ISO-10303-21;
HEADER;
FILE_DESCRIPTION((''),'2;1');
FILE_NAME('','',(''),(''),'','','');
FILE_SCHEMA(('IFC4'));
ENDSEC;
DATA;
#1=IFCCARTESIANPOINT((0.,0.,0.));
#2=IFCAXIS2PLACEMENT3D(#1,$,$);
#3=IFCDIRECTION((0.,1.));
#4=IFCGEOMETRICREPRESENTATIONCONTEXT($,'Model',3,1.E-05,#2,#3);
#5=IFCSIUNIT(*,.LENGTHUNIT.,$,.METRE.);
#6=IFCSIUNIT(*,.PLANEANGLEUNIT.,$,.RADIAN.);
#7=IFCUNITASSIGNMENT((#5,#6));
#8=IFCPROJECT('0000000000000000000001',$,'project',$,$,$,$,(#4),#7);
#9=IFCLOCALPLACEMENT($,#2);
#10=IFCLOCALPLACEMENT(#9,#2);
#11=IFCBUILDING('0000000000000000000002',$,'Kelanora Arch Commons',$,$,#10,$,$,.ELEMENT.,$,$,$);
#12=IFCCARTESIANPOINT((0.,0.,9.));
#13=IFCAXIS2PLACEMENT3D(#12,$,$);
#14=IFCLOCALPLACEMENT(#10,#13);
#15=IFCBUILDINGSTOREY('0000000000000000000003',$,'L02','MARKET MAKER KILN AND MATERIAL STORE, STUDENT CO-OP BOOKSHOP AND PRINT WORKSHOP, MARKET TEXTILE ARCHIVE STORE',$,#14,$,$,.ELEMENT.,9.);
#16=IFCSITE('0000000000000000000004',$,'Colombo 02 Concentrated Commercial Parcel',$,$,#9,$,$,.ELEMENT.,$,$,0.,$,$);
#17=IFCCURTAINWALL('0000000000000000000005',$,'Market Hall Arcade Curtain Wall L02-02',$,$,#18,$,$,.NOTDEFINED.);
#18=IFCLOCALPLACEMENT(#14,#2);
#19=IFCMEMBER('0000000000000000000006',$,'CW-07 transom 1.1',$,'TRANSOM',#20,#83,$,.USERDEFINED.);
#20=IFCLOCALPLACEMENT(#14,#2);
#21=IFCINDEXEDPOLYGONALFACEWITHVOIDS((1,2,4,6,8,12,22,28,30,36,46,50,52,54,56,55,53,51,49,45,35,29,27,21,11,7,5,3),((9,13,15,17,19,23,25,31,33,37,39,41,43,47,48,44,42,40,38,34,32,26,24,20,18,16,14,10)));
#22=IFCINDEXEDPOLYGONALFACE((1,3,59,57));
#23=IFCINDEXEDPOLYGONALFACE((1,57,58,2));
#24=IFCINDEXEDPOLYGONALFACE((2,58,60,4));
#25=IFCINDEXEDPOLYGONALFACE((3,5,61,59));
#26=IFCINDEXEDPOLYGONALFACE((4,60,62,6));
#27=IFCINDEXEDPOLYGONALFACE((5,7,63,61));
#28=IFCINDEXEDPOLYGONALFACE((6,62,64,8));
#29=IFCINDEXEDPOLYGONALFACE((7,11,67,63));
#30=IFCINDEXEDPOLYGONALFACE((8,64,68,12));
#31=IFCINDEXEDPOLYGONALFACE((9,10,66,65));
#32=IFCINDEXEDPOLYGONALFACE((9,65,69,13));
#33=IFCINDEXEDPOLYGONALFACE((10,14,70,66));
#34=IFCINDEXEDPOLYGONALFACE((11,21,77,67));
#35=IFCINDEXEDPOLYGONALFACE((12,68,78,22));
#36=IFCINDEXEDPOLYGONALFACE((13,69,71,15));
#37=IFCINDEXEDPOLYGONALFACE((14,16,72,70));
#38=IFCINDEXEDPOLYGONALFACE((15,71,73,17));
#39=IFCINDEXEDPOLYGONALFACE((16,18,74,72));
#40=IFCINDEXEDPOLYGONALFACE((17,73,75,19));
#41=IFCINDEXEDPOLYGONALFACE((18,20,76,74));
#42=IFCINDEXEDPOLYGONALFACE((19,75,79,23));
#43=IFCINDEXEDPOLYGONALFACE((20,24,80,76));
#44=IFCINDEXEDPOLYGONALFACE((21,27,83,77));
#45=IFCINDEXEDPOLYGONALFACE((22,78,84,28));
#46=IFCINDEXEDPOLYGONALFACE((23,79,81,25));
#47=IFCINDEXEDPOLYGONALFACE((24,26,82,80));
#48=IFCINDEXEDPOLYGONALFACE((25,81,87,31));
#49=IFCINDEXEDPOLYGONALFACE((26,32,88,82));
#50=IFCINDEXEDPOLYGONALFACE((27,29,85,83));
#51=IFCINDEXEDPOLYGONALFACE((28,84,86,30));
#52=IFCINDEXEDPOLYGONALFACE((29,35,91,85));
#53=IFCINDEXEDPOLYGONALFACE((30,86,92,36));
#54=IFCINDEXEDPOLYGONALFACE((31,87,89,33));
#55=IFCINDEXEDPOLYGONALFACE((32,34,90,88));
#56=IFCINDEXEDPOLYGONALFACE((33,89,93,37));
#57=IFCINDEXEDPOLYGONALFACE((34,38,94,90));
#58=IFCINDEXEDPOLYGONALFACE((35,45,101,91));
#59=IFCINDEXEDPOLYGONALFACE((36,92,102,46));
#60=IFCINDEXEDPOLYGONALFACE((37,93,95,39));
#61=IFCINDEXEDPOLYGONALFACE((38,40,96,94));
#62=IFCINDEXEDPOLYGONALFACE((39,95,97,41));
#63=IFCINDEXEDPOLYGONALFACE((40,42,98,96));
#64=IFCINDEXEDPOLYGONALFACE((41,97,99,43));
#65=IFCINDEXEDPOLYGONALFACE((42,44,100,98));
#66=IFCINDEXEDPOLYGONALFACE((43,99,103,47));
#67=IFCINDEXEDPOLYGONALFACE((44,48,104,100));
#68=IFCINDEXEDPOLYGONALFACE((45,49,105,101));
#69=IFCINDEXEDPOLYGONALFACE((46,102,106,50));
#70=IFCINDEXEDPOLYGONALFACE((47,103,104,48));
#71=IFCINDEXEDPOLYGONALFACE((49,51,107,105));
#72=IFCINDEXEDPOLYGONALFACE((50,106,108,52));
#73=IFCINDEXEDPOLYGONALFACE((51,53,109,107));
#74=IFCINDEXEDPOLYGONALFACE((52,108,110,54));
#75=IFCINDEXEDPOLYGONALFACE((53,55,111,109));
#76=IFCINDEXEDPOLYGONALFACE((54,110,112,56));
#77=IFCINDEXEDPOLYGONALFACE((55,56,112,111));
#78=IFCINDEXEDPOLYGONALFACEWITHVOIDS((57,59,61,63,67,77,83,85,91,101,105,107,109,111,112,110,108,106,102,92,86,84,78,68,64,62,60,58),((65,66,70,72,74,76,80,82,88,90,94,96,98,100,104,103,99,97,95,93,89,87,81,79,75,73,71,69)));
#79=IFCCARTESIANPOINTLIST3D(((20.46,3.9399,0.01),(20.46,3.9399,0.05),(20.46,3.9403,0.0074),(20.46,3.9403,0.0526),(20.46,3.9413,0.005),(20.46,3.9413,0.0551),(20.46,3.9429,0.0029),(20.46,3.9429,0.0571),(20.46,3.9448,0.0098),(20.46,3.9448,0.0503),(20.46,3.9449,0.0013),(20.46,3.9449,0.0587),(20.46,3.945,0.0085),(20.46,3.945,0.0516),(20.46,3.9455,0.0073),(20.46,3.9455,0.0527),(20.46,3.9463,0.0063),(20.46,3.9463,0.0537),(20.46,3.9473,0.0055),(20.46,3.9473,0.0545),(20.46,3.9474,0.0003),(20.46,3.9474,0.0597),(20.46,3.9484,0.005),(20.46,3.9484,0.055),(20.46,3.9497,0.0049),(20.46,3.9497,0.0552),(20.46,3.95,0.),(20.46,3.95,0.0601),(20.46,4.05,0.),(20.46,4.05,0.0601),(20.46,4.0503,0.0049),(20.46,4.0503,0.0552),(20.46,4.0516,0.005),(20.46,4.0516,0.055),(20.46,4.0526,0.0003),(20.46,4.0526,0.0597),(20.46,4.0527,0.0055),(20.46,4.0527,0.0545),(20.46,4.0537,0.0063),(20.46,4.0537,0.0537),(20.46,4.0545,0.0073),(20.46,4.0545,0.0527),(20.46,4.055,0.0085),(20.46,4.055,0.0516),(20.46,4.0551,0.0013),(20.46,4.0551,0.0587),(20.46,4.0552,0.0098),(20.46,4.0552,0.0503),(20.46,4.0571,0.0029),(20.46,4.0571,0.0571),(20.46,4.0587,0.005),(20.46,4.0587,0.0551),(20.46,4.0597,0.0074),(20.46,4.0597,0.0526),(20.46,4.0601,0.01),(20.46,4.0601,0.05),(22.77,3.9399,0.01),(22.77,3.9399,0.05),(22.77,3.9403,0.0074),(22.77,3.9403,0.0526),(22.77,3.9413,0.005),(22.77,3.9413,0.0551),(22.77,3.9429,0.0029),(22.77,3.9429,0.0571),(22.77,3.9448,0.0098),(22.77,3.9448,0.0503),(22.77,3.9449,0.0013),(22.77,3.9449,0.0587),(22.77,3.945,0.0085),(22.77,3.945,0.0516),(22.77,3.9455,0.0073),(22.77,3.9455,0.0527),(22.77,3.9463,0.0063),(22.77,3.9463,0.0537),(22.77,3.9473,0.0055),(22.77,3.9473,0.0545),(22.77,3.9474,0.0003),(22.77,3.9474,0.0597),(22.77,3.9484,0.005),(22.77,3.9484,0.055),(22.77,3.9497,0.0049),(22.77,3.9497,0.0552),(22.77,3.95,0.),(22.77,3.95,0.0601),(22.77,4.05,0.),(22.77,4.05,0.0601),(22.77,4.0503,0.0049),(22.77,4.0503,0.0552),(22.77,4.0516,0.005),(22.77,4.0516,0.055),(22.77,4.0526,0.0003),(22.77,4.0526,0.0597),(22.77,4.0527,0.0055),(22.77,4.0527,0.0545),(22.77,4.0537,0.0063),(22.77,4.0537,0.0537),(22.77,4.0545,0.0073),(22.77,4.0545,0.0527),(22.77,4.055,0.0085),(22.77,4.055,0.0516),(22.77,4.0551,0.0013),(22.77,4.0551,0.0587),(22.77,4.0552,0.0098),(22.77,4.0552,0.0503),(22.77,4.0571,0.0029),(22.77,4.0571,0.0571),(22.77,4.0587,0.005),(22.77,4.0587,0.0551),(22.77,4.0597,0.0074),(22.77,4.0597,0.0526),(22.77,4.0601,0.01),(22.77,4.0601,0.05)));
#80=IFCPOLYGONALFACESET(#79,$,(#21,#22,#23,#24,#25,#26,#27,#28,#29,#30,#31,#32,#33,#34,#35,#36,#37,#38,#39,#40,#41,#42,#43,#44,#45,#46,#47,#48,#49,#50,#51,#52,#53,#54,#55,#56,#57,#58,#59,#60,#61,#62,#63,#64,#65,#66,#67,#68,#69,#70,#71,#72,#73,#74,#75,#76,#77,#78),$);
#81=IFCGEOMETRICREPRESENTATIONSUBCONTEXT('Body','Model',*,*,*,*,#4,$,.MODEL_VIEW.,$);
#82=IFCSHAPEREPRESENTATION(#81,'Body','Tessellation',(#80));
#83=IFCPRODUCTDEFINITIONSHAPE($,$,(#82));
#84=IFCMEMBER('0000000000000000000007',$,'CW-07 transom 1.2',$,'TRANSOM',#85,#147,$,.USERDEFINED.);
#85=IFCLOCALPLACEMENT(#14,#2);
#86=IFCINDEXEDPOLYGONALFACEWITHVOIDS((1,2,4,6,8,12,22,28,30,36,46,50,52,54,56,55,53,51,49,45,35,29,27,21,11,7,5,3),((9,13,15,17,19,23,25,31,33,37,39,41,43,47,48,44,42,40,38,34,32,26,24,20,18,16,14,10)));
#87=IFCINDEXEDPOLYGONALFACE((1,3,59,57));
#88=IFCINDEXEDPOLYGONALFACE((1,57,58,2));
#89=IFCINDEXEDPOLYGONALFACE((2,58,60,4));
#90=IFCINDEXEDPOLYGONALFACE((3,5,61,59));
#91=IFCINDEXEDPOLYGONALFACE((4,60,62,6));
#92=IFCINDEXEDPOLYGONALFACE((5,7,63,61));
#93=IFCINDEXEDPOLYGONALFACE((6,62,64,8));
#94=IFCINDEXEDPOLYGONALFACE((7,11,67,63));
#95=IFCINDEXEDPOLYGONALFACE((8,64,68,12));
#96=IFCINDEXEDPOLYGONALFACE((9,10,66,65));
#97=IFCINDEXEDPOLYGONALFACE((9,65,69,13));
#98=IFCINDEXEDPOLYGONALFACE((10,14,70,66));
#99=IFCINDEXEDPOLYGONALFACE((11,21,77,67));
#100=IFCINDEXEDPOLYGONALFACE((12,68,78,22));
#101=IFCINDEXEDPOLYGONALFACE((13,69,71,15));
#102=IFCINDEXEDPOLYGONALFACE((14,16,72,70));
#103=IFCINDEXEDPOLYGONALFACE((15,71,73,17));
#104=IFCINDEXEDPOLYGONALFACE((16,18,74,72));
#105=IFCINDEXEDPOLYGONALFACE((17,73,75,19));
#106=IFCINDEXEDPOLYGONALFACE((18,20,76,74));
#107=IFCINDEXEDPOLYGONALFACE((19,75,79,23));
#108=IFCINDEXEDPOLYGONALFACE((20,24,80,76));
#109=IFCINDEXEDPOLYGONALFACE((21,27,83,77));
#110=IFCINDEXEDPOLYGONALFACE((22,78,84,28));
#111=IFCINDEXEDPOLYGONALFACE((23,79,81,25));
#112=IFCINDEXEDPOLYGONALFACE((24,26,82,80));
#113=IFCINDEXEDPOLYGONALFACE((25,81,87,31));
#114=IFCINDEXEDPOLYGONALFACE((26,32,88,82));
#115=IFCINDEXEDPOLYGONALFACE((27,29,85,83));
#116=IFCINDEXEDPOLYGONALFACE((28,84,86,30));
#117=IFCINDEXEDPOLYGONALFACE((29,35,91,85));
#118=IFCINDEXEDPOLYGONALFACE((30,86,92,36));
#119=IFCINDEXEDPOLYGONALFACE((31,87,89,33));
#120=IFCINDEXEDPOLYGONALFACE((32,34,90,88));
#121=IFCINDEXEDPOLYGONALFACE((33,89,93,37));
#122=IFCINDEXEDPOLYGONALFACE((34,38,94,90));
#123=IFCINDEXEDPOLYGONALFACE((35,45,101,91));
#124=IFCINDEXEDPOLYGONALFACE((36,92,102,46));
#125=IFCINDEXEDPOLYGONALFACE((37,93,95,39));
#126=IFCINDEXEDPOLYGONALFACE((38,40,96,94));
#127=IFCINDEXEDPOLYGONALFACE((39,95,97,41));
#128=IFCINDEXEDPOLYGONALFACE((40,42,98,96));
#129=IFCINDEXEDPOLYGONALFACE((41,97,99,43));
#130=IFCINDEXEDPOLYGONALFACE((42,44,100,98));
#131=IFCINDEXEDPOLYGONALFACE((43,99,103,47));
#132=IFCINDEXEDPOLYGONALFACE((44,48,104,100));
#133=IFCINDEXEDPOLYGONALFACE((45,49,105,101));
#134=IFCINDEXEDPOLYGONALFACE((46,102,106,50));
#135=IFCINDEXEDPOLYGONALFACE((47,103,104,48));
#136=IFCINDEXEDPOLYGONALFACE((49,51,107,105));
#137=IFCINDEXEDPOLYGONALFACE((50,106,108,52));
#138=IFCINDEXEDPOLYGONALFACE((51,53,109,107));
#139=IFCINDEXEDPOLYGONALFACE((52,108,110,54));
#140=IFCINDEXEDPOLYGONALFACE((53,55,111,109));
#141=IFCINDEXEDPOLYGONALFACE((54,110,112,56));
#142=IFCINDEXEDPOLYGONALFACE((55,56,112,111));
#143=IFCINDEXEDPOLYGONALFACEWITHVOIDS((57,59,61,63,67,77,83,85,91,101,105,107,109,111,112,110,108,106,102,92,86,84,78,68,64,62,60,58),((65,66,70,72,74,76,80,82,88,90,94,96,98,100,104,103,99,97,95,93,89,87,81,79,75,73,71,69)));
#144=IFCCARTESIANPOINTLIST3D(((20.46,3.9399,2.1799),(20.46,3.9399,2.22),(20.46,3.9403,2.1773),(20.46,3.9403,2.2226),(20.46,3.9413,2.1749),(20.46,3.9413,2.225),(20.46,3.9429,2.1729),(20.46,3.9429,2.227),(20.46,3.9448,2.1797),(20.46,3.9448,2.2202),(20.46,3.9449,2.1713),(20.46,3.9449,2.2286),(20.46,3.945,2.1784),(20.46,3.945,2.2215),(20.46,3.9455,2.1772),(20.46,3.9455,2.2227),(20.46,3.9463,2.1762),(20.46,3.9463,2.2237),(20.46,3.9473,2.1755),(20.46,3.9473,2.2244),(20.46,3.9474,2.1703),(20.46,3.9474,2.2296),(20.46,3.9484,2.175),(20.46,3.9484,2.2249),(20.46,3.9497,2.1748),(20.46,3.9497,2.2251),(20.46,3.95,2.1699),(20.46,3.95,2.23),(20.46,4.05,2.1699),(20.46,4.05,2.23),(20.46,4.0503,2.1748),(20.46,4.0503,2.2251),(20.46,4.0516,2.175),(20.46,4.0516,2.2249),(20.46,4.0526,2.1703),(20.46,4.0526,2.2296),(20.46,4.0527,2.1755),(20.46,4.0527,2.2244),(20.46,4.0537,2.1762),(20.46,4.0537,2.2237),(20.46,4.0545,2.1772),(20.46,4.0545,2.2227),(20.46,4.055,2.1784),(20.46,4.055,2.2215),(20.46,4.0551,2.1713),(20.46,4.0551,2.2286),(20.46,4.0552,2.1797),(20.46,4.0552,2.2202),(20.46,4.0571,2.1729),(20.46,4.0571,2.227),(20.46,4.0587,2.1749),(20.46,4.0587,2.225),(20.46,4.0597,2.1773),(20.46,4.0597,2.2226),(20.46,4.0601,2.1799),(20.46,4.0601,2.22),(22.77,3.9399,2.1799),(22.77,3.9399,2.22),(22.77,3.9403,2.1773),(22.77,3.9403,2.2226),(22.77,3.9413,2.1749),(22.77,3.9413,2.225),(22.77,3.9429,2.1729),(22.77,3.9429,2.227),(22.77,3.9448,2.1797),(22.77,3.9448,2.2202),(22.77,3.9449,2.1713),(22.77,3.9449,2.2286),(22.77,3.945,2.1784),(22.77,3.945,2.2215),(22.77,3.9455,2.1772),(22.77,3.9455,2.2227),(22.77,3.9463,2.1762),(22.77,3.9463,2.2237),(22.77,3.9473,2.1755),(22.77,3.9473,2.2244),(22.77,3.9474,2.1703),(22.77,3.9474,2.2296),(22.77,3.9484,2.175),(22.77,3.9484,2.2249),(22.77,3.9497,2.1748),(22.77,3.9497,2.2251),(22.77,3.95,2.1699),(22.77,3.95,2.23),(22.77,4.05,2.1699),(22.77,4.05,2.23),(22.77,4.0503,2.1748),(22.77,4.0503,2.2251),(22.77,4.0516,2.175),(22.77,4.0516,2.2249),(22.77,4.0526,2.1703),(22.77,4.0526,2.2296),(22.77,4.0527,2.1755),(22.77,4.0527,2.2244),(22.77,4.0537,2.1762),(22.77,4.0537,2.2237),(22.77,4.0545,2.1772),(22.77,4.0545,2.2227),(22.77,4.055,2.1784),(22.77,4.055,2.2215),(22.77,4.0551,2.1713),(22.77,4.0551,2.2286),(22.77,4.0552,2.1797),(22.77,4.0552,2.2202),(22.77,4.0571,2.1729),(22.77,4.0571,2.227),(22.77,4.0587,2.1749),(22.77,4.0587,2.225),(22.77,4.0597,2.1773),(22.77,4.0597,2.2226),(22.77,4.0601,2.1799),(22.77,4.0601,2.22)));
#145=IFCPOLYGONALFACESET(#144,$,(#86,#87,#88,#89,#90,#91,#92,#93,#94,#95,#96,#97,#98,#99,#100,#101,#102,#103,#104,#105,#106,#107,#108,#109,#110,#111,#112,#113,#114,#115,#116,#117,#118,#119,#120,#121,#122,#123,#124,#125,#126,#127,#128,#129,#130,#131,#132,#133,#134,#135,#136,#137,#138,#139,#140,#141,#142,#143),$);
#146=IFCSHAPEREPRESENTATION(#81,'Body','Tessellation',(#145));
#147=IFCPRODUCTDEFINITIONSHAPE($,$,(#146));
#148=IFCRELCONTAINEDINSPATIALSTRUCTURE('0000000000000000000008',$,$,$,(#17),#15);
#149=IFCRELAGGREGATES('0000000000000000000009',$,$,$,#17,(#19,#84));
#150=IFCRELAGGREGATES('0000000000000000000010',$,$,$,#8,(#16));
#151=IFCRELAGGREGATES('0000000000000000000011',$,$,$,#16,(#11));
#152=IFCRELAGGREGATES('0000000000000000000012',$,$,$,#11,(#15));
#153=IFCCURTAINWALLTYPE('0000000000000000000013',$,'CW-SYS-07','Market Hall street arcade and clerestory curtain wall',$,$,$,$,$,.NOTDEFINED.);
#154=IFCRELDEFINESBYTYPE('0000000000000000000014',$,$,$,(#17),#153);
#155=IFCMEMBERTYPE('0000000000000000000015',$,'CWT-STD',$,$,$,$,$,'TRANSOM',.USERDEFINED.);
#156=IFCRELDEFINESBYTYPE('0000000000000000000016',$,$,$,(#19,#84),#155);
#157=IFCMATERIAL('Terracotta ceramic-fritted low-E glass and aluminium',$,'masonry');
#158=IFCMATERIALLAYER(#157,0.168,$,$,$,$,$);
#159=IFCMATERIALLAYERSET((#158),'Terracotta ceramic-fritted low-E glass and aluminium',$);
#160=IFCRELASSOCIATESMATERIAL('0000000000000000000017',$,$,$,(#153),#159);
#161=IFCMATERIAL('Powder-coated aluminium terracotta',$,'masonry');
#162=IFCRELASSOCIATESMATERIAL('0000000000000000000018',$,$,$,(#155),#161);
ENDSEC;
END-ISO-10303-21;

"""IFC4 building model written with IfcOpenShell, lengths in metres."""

from ifc_helpers import new_model, si_unit, direction, frame, origin, origin_2d, place, context, subcontext, project, spatial, hollow_rectangle, extrude, material, layer, layer_set, material_profile, profile_set, type_object, element, aggregate, save


model = new_model("IFC4")

# Units and contexts
model_context = context("Model", 3, precision=1e-05, world=origin(), true_north=direction((0.0, 1.0)))
body_context = subcontext(model_context, "Body", "Model", "MODEL_VIEW")
ifc_project = project(units=[si_unit("LENGTHUNIT", "METRE"), si_unit("PLANEANGLEUNIT", "RADIAN")], contexts=[model_context])

# Site, building, storey
site_placement = place(None, origin())
site = spatial("IfcSite", under=ifc_project, at=site_placement, Name="Colombo 02 Concentrated Commercial Parcel", CompositionType="ELEMENT", RefElevation=0.0)
building_placement = place(site_placement, origin())
building = spatial("IfcBuilding", under=site, at=building_placement, Name="Kelanora Arch Commons", CompositionType="ELEMENT")
storey_placement = place(building_placement, frame((0.0, 0.0, 9.0)))
storey = spatial("IfcBuildingStorey", under=building, at=storey_placement, Name="L02", Description="MARKET MAKER KILN AND MATERIAL STORE, STUDENT CO-OP BOOKSHOP AND PRINT WORKSHOP, MARKET TEXTILE ARCHIVE STORE", CompositionType="ELEMENT", Elevation=9.0)

# Curtain wall, members
ifc_material_1 = material(Name="Terracotta ceramic-fritted low-E glass and aluminium", Category="masonry")
ifc_layer_1 = layer(ifc_material_1, 0.168)
ifc_layer_set_1 = layer_set([ifc_layer_1], Name="Terracotta ceramic-fritted low-E glass and aluminium")
curtain_wall_type = type_object("IfcCurtainWallType", Name="CW-SYS-07", Description="Market Hall street arcade and clerestory curtain wall", PredefinedType="NOTDEFINED", material=ifc_layer_set_1)
curtain_wall_placement = place(storey_placement, origin())
curtain_wall = element("IfcCurtainWall", 1, at=curtain_wall_placement, inside=storey, type_object=curtain_wall_type, Name="Market Hall Arcade Curtain Wall L02-02", PredefinedType="NOTDEFINED")
ifc_material_2 = material(Name="Powder-coated aluminium terracotta", Category="masonry")
ifc_material_profile_1 = material_profile(ifc_material_2, hollow_rectangle(XDim=0.1201, YDim=0.0601, WallThickness=0.0049, InnerFilletRadius=0.0049, OuterFilletRadius=0.01, at=origin_2d()), Name="CWT120x60")
ifc_profile_set_1 = profile_set([ifc_material_profile_1], Name="Powder-coated aluminium terracotta")
member_type_1 = type_object("IfcMemberType", Name="CWT-STD", ElementType="TRANSOM", PredefinedType="USERDEFINED", material=ifc_profile_set_1)
member_1_placement = place(storey_placement, frame((20.46, 4.0, 0.03), z_axis=(1.0, 0.0, 0.0), x_axis=(0.0, 1.0, 0.0)))
member_1 = element("IfcMember", 2, at=member_1_placement, type_object=member_type_1, Name="CW-07 transom 1.1", ObjectType="TRANSOM", PredefinedType="USERDEFINED", context=body_context, shape_type="SweptSolid", body=[
    extrude(hollow_rectangle(XDim=0.1201, YDim=0.0601, WallThickness=0.0049, InnerFilletRadius=0.0049, OuterFilletRadius=0.01, at=origin_2d()), origin(), (0.0, 0.0, 1.0), 2.3101),
])
member_2_placement = place(storey_placement, frame((20.46, 4.0, 2.2), z_axis=(1.0, 0.0, 0.0), x_axis=(0.0, 1.0, 0.0)))
member_2 = element("IfcMember", 3, at=member_2_placement, type_object=member_type_1, Name="CW-07 transom 1.2", ObjectType="TRANSOM", PredefinedType="USERDEFINED", context=body_context, shape_type="SweptSolid", body=[
    extrude(hollow_rectangle(XDim=0.1201, YDim=0.0601, WallThickness=0.0049, InnerFilletRadius=0.0049, OuterFilletRadius=0.01, at=origin_2d()), origin(), (0.0, 0.0, 1.0), 2.3101),
])
aggregate(curtain_wall, [member_1, member_2])

save(model, "model.ifc")
